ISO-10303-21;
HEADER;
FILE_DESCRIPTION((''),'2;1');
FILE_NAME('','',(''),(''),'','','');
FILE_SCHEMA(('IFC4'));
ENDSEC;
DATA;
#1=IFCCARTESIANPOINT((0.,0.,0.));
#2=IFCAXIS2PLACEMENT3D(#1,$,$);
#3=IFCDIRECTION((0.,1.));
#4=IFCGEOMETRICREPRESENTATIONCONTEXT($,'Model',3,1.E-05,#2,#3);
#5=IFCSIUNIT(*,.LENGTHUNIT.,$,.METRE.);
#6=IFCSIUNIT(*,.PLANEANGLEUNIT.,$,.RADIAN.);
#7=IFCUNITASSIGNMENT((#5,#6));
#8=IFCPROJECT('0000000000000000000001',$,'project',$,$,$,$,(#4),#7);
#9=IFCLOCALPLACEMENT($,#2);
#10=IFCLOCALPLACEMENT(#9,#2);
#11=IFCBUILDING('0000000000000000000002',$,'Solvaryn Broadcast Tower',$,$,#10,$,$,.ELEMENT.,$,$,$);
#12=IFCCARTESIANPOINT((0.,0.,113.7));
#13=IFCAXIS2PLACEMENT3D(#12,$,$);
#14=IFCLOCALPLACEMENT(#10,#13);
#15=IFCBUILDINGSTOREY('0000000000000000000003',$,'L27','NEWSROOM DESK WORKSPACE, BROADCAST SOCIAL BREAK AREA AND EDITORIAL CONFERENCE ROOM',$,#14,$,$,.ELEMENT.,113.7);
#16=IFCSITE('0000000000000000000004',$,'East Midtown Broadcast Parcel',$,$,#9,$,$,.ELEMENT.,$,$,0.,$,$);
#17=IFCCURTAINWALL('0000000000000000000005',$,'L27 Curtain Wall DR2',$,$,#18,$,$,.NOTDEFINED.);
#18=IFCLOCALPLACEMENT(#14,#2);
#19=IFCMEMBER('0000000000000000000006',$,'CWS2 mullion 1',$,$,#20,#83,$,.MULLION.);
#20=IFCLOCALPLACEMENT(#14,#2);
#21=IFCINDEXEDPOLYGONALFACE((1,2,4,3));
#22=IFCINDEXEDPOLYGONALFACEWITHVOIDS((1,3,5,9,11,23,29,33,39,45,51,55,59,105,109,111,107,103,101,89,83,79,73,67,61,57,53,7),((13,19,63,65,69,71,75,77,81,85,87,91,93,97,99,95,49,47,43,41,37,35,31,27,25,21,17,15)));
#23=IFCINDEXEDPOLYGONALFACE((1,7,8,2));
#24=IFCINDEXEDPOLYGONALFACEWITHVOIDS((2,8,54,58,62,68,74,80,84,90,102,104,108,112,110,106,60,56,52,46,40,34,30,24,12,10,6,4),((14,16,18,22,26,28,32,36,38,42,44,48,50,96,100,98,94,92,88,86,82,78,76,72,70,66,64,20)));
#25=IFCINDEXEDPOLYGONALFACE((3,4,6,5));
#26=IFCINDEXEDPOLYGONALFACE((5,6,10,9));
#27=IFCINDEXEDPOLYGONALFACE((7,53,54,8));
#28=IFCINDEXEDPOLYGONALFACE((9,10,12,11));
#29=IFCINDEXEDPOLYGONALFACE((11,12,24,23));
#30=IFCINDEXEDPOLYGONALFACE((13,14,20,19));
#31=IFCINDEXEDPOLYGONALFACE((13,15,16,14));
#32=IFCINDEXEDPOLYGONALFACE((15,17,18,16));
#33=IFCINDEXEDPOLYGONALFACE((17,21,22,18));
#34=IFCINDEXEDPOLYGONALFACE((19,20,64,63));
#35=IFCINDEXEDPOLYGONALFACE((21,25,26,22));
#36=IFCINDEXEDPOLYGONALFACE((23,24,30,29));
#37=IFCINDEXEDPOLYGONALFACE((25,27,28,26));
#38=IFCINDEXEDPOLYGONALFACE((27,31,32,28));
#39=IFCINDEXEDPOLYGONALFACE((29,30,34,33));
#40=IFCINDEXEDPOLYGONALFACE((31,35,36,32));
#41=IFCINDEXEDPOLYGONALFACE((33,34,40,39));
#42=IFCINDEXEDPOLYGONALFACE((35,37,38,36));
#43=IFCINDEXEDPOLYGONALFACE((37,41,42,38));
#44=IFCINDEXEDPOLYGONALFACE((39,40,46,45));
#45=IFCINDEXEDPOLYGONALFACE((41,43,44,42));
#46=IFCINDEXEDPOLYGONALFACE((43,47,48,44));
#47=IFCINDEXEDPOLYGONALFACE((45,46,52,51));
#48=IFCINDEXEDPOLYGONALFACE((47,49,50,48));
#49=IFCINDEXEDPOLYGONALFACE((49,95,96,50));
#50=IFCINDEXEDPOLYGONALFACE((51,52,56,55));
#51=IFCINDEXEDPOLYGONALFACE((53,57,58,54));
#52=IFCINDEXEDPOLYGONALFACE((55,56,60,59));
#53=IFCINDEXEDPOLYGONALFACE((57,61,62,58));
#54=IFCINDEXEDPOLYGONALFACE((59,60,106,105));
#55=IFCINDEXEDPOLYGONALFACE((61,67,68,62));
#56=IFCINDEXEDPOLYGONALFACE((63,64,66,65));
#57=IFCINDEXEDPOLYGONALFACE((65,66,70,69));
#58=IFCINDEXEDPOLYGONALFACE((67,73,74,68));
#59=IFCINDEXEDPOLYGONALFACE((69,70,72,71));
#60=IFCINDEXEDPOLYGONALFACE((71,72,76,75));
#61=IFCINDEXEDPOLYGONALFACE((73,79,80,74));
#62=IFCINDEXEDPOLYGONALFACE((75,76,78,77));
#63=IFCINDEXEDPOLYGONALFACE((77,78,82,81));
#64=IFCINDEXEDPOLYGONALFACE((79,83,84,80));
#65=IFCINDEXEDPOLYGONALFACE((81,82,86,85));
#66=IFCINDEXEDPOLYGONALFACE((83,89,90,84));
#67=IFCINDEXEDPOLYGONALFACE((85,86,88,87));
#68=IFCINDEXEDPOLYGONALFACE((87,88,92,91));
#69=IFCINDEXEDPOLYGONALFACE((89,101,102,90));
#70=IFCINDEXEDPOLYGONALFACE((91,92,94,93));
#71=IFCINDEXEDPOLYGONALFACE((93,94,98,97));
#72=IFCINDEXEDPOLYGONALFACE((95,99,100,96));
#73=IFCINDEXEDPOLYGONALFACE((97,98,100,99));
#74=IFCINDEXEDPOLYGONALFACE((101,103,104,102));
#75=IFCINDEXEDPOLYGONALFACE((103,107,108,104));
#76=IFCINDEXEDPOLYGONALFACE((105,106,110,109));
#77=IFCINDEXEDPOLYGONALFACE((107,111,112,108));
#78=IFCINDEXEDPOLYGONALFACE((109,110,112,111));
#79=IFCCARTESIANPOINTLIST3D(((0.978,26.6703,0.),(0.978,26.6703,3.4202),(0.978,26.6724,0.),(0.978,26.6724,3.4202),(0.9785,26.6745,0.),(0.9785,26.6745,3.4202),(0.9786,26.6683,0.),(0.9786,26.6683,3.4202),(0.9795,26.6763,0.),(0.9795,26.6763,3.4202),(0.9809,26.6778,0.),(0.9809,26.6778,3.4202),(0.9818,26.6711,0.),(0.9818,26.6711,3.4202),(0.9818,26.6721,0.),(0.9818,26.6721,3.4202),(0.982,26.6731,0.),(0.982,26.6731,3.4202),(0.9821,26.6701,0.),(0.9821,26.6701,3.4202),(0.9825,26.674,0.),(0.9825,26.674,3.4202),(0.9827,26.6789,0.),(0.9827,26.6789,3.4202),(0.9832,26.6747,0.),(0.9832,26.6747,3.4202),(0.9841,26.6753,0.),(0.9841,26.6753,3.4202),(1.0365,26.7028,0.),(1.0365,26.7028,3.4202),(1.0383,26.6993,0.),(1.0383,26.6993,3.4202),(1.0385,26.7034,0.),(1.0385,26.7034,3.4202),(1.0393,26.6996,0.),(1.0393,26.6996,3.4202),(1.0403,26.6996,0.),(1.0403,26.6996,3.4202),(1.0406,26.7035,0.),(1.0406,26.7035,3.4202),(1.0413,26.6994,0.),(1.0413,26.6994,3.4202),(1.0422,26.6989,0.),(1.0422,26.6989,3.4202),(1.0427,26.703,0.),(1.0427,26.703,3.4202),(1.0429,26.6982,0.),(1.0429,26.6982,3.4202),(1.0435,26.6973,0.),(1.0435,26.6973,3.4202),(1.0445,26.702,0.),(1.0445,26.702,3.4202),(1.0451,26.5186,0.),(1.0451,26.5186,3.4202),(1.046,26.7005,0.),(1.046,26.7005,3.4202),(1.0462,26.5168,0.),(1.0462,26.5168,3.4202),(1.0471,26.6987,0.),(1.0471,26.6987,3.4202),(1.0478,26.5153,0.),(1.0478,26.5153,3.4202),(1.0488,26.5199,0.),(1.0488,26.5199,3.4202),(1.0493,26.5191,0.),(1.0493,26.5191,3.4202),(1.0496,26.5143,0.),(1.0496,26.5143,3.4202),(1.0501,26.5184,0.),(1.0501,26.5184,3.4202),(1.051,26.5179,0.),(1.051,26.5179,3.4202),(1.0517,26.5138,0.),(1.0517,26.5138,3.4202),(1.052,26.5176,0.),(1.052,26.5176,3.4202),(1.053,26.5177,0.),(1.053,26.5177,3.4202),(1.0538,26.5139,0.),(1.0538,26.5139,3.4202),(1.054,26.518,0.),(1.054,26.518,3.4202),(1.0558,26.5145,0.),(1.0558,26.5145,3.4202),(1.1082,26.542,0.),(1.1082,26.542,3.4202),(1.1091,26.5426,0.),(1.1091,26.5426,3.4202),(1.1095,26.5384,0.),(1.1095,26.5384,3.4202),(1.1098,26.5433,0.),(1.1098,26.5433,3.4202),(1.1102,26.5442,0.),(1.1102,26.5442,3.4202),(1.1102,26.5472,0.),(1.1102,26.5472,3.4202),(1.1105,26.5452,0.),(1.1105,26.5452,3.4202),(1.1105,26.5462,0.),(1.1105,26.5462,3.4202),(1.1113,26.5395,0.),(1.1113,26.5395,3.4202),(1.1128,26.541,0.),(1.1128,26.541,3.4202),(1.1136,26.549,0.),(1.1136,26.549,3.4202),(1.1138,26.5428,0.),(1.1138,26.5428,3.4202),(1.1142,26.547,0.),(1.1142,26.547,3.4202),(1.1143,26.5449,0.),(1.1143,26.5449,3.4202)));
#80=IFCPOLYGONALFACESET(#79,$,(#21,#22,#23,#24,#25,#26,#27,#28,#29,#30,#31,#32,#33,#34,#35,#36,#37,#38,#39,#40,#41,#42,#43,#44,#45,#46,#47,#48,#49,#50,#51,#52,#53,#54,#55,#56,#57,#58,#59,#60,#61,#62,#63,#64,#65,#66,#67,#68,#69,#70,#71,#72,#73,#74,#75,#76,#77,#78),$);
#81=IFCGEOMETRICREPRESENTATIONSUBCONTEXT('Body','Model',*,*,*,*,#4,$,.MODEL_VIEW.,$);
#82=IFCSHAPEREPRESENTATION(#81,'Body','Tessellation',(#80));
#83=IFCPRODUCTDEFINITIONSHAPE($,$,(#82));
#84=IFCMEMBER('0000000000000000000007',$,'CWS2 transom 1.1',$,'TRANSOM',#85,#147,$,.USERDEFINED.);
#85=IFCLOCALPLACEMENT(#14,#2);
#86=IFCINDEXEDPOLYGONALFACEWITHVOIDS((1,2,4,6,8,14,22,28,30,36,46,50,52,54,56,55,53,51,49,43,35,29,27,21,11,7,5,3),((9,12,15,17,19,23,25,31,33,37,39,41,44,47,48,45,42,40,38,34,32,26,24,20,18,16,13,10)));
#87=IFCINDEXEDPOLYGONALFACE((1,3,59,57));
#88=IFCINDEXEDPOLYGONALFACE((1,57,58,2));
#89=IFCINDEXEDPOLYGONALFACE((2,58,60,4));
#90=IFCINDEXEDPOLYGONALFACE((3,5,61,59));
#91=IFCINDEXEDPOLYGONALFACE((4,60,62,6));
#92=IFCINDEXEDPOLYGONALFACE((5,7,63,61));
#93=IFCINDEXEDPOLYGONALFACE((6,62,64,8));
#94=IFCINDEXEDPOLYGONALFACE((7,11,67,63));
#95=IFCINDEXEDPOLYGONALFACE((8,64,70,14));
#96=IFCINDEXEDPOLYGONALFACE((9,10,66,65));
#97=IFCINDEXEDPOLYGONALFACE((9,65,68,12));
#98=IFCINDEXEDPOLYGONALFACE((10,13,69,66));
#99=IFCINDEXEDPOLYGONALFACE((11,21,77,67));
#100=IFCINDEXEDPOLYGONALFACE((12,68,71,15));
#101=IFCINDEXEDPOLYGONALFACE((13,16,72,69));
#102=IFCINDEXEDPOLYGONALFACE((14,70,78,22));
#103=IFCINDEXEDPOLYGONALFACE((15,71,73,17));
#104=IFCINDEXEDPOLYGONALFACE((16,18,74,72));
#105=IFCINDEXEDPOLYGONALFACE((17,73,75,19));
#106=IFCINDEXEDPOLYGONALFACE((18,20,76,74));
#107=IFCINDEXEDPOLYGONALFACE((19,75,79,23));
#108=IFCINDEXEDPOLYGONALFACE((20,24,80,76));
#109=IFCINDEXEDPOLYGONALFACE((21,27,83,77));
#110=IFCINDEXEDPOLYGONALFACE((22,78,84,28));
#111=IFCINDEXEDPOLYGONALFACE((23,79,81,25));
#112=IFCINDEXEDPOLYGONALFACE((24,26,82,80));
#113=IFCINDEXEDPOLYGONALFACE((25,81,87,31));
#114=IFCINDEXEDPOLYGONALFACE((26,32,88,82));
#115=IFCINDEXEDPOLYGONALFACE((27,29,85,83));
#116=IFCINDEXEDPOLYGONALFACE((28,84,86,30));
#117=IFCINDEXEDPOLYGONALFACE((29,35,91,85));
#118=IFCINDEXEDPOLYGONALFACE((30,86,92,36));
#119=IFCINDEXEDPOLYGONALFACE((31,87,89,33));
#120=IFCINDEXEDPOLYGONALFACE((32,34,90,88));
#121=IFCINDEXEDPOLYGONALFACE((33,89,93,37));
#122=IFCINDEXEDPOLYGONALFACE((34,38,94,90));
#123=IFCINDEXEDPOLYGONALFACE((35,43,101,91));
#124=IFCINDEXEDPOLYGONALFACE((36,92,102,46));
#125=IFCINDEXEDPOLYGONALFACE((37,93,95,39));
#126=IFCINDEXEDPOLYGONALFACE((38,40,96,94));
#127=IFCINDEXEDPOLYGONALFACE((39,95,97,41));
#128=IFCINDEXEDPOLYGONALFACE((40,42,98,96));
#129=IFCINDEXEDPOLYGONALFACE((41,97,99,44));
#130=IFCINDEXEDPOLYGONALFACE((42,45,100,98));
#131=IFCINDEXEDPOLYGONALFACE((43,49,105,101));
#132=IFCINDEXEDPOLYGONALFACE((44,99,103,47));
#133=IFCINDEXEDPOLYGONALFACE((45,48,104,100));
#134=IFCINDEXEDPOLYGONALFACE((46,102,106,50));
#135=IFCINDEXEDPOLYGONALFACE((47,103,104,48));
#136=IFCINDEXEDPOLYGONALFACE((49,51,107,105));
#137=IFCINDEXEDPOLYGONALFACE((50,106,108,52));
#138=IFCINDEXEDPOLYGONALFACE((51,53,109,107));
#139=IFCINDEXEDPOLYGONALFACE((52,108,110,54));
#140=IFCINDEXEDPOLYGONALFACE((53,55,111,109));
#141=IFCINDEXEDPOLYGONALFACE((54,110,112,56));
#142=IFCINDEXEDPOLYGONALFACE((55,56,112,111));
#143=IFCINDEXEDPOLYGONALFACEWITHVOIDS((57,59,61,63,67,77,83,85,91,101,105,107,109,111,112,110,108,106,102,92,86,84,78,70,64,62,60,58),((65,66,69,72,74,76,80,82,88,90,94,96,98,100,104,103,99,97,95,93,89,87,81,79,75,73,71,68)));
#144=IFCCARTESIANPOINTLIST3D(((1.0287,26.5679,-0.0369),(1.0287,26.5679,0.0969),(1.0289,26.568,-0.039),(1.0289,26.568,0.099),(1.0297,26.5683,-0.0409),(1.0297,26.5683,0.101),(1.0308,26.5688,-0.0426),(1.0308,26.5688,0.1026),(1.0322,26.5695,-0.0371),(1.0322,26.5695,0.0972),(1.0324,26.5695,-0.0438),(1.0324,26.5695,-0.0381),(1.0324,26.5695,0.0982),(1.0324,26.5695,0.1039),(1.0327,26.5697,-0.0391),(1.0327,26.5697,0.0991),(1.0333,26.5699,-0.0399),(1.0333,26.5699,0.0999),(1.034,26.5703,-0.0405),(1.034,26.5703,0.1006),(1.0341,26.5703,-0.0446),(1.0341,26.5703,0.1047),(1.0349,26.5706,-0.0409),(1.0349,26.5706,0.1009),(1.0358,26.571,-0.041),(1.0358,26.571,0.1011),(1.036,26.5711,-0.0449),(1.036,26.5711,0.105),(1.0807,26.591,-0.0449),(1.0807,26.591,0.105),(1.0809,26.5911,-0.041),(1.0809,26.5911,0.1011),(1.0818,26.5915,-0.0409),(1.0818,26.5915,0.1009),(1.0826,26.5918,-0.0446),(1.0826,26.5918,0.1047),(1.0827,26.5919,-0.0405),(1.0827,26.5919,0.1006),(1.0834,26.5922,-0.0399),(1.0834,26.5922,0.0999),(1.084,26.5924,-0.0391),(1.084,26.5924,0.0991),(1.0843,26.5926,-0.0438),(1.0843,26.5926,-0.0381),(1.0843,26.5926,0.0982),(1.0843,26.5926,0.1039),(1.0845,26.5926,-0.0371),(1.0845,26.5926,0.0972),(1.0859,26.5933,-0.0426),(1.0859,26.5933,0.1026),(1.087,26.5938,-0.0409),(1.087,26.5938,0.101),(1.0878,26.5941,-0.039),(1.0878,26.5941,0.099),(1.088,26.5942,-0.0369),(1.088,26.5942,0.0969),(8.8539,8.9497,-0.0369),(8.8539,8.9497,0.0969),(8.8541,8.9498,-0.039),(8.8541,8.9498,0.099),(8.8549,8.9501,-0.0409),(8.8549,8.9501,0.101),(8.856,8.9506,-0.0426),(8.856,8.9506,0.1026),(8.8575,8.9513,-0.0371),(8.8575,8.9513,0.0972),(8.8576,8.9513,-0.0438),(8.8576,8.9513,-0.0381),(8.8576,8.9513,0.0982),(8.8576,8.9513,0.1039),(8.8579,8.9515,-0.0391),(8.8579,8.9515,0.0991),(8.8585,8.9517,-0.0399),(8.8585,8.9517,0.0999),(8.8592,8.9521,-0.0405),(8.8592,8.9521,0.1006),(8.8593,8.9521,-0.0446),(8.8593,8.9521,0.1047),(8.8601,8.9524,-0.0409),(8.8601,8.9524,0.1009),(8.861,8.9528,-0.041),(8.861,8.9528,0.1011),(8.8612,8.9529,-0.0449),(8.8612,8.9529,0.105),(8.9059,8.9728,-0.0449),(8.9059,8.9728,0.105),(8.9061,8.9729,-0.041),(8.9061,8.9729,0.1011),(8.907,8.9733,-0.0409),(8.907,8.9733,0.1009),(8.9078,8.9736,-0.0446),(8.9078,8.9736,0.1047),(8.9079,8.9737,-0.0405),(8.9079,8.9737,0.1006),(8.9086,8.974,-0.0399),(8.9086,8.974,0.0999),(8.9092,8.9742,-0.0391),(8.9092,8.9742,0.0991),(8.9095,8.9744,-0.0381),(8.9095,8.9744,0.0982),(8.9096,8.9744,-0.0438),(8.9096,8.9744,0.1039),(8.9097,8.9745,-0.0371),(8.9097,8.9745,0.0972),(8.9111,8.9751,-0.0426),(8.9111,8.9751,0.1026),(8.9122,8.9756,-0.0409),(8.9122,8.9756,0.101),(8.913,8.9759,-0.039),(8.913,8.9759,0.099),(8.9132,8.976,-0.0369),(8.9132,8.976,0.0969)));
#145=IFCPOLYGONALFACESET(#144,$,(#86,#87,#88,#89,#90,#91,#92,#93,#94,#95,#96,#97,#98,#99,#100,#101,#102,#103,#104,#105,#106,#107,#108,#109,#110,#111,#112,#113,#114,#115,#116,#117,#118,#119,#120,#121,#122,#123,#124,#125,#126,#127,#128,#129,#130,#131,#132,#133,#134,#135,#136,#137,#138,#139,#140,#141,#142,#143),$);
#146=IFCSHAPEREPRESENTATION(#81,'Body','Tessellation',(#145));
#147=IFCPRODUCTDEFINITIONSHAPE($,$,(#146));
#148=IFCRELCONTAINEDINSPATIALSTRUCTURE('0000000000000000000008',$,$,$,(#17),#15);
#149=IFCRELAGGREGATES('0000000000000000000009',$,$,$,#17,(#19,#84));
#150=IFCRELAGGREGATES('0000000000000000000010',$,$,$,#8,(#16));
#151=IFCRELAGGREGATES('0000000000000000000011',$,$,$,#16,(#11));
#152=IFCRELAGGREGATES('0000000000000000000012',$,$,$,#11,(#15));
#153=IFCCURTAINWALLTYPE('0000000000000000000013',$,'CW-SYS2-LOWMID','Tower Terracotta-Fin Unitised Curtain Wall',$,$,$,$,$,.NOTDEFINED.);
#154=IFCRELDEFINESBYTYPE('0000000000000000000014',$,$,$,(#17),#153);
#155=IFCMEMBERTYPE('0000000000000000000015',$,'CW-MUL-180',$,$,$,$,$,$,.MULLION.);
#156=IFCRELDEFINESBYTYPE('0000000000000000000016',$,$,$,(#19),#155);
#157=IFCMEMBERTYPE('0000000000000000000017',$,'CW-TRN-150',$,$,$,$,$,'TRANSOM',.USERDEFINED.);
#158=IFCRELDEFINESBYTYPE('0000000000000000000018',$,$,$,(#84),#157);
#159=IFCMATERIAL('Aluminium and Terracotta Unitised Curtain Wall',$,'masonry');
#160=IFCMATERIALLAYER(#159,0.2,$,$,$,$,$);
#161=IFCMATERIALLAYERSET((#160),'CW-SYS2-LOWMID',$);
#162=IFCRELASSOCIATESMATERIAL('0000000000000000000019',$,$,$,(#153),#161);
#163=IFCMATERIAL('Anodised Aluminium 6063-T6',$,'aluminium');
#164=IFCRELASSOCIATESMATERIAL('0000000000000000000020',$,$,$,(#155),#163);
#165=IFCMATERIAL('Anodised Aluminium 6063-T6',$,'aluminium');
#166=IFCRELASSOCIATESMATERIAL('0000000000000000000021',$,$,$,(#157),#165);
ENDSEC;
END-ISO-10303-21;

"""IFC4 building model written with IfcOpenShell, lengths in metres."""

from ifc_helpers import new_model, si_unit, direction, frame, origin, origin_2d, place, context, subcontext, project, spatial, hollow_rectangle, extrude, material, layer, layer_set, material_profile, profile_set, type_object, element, aggregate, save


model = new_model("IFC4")

# Units and contexts
model_context = context("Model", 3, precision=1e-05, world=origin(), true_north=direction((0.0, 1.0)))
body_context = subcontext(model_context, "Body", "Model", "MODEL_VIEW")
ifc_project = project(units=[si_unit("LENGTHUNIT", "METRE"), si_unit("PLANEANGLEUNIT", "RADIAN")], contexts=[model_context])

# Site, building, storey
site_placement = place(None, origin())
site = spatial("IfcSite", under=ifc_project, at=site_placement, Name="East Midtown Broadcast Parcel", CompositionType="ELEMENT", RefElevation=0.0)
building_placement = place(site_placement, origin())
building = spatial("IfcBuilding", under=site, at=building_placement, Name="Solvaryn Broadcast Tower", CompositionType="ELEMENT")
storey_placement = place(building_placement, frame((0.0, 0.0, 113.7)))
storey = spatial("IfcBuildingStorey", under=building, at=storey_placement, Name="L27", Description="NEWSROOM DESK WORKSPACE, BROADCAST SOCIAL BREAK AREA AND EDITORIAL CONFERENCE ROOM", CompositionType="ELEMENT", Elevation=113.7)

# Shared definitions
ifc_material_1 = material(Name="Aluminium and Terracotta Unitised Curtain Wall", Category="masonry")
ifc_layer_1 = layer(ifc_material_1, 0.2)
ifc_layer_set_1 = layer_set([ifc_layer_1], Name="CW-SYS2-LOWMID")
curtain_wall_type = type_object("IfcCurtainWallType", Name="CW-SYS2-LOWMID", Description="Tower Terracotta-Fin Unitised Curtain Wall", PredefinedType="NOTDEFINED", material=ifc_layer_set_1)
ifc_material_2 = material(Name="Anodised Aluminium 6063-T6", Category="aluminium")
ifc_material_profile_1 = material_profile(ifc_material_2, hollow_rectangle(XDim=0.075, YDim=0.1799, WallThickness=0.0039, InnerFilletRadius=0.0039, OuterFilletRadius=0.0081, at=origin_2d()))
ifc_profile_set_1 = profile_set([ifc_material_profile_1], Name="Anodised Aluminium 6063-T6")
member_type_1 = type_object("IfcMemberType", Name="CW-MUL-180", PredefinedType="MULLION", material=ifc_profile_set_1)

# Curtain wall, members
curtain_wall_1_placement = place(storey_placement, origin())
curtain_wall_1 = element("IfcCurtainWall", 1, at=curtain_wall_1_placement, inside=storey, type_object=curtain_wall_type, Name="L27 Curtain Wall DR2", PredefinedType="NOTDEFINED")
member_1_placement = place(storey_placement, frame((1.0461, 26.6086, 0.0), z_axis=(0.0, 0.0, 1.0), x_axis=(0.913909, 0.405918, 0.0)))
member_1 = element("IfcMember", 2, at=member_1_placement, type_object=member_type_1, Name="CWS2 mullion 1", PredefinedType="MULLION", context=body_context, shape_type="SweptSolid", body=[
    extrude(hollow_rectangle(XDim=0.075, YDim=0.1799, WallThickness=0.0039, InnerFilletRadius=0.0039, OuterFilletRadius=0.0081, at=origin_2d()), origin(), (0.0, 0.0, 1.0), 3.4202),
])
ifc_material_3 = material(Name="Anodised Aluminium 6063-T6", Category="aluminium")
ifc_material_profile_2 = material_profile(ifc_material_3, hollow_rectangle(XDim=0.0649, YDim=0.1499, WallThickness=0.0039, InnerFilletRadius=0.0039, OuterFilletRadius=0.0081, at=origin_2d()))
ifc_profile_set_2 = profile_set([ifc_material_profile_2], Name="Anodised Aluminium 6063-T6")
member_type_2 = type_object("IfcMemberType", Name="CW-TRN-150", ElementType="TRANSOM", PredefinedType="USERDEFINED", material=ifc_profile_set_2)
member_2_placement = place(storey_placement, frame((1.0583, 26.5811, 0.03), z_axis=(0.405918, -0.91391, 0.0), x_axis=(0.91391, 0.405918, 0.0)))
member_2 = element("IfcMember", 3, at=member_2_placement, type_object=member_type_2, Name="CWS2 transom 1.1", ObjectType="TRANSOM", PredefinedType="USERDEFINED", context=body_context, shape_type="SweptSolid", body=[
    extrude(hollow_rectangle(XDim=0.0649, YDim=0.1499, WallThickness=0.0039, InnerFilletRadius=0.0039, OuterFilletRadius=0.0081, at=origin_2d()), origin(), (0.0, 0.0, 1.0), 19.2778),
])
aggregate(curtain_wall_1, [member_1, member_2])

save(model, "model.ifc")
